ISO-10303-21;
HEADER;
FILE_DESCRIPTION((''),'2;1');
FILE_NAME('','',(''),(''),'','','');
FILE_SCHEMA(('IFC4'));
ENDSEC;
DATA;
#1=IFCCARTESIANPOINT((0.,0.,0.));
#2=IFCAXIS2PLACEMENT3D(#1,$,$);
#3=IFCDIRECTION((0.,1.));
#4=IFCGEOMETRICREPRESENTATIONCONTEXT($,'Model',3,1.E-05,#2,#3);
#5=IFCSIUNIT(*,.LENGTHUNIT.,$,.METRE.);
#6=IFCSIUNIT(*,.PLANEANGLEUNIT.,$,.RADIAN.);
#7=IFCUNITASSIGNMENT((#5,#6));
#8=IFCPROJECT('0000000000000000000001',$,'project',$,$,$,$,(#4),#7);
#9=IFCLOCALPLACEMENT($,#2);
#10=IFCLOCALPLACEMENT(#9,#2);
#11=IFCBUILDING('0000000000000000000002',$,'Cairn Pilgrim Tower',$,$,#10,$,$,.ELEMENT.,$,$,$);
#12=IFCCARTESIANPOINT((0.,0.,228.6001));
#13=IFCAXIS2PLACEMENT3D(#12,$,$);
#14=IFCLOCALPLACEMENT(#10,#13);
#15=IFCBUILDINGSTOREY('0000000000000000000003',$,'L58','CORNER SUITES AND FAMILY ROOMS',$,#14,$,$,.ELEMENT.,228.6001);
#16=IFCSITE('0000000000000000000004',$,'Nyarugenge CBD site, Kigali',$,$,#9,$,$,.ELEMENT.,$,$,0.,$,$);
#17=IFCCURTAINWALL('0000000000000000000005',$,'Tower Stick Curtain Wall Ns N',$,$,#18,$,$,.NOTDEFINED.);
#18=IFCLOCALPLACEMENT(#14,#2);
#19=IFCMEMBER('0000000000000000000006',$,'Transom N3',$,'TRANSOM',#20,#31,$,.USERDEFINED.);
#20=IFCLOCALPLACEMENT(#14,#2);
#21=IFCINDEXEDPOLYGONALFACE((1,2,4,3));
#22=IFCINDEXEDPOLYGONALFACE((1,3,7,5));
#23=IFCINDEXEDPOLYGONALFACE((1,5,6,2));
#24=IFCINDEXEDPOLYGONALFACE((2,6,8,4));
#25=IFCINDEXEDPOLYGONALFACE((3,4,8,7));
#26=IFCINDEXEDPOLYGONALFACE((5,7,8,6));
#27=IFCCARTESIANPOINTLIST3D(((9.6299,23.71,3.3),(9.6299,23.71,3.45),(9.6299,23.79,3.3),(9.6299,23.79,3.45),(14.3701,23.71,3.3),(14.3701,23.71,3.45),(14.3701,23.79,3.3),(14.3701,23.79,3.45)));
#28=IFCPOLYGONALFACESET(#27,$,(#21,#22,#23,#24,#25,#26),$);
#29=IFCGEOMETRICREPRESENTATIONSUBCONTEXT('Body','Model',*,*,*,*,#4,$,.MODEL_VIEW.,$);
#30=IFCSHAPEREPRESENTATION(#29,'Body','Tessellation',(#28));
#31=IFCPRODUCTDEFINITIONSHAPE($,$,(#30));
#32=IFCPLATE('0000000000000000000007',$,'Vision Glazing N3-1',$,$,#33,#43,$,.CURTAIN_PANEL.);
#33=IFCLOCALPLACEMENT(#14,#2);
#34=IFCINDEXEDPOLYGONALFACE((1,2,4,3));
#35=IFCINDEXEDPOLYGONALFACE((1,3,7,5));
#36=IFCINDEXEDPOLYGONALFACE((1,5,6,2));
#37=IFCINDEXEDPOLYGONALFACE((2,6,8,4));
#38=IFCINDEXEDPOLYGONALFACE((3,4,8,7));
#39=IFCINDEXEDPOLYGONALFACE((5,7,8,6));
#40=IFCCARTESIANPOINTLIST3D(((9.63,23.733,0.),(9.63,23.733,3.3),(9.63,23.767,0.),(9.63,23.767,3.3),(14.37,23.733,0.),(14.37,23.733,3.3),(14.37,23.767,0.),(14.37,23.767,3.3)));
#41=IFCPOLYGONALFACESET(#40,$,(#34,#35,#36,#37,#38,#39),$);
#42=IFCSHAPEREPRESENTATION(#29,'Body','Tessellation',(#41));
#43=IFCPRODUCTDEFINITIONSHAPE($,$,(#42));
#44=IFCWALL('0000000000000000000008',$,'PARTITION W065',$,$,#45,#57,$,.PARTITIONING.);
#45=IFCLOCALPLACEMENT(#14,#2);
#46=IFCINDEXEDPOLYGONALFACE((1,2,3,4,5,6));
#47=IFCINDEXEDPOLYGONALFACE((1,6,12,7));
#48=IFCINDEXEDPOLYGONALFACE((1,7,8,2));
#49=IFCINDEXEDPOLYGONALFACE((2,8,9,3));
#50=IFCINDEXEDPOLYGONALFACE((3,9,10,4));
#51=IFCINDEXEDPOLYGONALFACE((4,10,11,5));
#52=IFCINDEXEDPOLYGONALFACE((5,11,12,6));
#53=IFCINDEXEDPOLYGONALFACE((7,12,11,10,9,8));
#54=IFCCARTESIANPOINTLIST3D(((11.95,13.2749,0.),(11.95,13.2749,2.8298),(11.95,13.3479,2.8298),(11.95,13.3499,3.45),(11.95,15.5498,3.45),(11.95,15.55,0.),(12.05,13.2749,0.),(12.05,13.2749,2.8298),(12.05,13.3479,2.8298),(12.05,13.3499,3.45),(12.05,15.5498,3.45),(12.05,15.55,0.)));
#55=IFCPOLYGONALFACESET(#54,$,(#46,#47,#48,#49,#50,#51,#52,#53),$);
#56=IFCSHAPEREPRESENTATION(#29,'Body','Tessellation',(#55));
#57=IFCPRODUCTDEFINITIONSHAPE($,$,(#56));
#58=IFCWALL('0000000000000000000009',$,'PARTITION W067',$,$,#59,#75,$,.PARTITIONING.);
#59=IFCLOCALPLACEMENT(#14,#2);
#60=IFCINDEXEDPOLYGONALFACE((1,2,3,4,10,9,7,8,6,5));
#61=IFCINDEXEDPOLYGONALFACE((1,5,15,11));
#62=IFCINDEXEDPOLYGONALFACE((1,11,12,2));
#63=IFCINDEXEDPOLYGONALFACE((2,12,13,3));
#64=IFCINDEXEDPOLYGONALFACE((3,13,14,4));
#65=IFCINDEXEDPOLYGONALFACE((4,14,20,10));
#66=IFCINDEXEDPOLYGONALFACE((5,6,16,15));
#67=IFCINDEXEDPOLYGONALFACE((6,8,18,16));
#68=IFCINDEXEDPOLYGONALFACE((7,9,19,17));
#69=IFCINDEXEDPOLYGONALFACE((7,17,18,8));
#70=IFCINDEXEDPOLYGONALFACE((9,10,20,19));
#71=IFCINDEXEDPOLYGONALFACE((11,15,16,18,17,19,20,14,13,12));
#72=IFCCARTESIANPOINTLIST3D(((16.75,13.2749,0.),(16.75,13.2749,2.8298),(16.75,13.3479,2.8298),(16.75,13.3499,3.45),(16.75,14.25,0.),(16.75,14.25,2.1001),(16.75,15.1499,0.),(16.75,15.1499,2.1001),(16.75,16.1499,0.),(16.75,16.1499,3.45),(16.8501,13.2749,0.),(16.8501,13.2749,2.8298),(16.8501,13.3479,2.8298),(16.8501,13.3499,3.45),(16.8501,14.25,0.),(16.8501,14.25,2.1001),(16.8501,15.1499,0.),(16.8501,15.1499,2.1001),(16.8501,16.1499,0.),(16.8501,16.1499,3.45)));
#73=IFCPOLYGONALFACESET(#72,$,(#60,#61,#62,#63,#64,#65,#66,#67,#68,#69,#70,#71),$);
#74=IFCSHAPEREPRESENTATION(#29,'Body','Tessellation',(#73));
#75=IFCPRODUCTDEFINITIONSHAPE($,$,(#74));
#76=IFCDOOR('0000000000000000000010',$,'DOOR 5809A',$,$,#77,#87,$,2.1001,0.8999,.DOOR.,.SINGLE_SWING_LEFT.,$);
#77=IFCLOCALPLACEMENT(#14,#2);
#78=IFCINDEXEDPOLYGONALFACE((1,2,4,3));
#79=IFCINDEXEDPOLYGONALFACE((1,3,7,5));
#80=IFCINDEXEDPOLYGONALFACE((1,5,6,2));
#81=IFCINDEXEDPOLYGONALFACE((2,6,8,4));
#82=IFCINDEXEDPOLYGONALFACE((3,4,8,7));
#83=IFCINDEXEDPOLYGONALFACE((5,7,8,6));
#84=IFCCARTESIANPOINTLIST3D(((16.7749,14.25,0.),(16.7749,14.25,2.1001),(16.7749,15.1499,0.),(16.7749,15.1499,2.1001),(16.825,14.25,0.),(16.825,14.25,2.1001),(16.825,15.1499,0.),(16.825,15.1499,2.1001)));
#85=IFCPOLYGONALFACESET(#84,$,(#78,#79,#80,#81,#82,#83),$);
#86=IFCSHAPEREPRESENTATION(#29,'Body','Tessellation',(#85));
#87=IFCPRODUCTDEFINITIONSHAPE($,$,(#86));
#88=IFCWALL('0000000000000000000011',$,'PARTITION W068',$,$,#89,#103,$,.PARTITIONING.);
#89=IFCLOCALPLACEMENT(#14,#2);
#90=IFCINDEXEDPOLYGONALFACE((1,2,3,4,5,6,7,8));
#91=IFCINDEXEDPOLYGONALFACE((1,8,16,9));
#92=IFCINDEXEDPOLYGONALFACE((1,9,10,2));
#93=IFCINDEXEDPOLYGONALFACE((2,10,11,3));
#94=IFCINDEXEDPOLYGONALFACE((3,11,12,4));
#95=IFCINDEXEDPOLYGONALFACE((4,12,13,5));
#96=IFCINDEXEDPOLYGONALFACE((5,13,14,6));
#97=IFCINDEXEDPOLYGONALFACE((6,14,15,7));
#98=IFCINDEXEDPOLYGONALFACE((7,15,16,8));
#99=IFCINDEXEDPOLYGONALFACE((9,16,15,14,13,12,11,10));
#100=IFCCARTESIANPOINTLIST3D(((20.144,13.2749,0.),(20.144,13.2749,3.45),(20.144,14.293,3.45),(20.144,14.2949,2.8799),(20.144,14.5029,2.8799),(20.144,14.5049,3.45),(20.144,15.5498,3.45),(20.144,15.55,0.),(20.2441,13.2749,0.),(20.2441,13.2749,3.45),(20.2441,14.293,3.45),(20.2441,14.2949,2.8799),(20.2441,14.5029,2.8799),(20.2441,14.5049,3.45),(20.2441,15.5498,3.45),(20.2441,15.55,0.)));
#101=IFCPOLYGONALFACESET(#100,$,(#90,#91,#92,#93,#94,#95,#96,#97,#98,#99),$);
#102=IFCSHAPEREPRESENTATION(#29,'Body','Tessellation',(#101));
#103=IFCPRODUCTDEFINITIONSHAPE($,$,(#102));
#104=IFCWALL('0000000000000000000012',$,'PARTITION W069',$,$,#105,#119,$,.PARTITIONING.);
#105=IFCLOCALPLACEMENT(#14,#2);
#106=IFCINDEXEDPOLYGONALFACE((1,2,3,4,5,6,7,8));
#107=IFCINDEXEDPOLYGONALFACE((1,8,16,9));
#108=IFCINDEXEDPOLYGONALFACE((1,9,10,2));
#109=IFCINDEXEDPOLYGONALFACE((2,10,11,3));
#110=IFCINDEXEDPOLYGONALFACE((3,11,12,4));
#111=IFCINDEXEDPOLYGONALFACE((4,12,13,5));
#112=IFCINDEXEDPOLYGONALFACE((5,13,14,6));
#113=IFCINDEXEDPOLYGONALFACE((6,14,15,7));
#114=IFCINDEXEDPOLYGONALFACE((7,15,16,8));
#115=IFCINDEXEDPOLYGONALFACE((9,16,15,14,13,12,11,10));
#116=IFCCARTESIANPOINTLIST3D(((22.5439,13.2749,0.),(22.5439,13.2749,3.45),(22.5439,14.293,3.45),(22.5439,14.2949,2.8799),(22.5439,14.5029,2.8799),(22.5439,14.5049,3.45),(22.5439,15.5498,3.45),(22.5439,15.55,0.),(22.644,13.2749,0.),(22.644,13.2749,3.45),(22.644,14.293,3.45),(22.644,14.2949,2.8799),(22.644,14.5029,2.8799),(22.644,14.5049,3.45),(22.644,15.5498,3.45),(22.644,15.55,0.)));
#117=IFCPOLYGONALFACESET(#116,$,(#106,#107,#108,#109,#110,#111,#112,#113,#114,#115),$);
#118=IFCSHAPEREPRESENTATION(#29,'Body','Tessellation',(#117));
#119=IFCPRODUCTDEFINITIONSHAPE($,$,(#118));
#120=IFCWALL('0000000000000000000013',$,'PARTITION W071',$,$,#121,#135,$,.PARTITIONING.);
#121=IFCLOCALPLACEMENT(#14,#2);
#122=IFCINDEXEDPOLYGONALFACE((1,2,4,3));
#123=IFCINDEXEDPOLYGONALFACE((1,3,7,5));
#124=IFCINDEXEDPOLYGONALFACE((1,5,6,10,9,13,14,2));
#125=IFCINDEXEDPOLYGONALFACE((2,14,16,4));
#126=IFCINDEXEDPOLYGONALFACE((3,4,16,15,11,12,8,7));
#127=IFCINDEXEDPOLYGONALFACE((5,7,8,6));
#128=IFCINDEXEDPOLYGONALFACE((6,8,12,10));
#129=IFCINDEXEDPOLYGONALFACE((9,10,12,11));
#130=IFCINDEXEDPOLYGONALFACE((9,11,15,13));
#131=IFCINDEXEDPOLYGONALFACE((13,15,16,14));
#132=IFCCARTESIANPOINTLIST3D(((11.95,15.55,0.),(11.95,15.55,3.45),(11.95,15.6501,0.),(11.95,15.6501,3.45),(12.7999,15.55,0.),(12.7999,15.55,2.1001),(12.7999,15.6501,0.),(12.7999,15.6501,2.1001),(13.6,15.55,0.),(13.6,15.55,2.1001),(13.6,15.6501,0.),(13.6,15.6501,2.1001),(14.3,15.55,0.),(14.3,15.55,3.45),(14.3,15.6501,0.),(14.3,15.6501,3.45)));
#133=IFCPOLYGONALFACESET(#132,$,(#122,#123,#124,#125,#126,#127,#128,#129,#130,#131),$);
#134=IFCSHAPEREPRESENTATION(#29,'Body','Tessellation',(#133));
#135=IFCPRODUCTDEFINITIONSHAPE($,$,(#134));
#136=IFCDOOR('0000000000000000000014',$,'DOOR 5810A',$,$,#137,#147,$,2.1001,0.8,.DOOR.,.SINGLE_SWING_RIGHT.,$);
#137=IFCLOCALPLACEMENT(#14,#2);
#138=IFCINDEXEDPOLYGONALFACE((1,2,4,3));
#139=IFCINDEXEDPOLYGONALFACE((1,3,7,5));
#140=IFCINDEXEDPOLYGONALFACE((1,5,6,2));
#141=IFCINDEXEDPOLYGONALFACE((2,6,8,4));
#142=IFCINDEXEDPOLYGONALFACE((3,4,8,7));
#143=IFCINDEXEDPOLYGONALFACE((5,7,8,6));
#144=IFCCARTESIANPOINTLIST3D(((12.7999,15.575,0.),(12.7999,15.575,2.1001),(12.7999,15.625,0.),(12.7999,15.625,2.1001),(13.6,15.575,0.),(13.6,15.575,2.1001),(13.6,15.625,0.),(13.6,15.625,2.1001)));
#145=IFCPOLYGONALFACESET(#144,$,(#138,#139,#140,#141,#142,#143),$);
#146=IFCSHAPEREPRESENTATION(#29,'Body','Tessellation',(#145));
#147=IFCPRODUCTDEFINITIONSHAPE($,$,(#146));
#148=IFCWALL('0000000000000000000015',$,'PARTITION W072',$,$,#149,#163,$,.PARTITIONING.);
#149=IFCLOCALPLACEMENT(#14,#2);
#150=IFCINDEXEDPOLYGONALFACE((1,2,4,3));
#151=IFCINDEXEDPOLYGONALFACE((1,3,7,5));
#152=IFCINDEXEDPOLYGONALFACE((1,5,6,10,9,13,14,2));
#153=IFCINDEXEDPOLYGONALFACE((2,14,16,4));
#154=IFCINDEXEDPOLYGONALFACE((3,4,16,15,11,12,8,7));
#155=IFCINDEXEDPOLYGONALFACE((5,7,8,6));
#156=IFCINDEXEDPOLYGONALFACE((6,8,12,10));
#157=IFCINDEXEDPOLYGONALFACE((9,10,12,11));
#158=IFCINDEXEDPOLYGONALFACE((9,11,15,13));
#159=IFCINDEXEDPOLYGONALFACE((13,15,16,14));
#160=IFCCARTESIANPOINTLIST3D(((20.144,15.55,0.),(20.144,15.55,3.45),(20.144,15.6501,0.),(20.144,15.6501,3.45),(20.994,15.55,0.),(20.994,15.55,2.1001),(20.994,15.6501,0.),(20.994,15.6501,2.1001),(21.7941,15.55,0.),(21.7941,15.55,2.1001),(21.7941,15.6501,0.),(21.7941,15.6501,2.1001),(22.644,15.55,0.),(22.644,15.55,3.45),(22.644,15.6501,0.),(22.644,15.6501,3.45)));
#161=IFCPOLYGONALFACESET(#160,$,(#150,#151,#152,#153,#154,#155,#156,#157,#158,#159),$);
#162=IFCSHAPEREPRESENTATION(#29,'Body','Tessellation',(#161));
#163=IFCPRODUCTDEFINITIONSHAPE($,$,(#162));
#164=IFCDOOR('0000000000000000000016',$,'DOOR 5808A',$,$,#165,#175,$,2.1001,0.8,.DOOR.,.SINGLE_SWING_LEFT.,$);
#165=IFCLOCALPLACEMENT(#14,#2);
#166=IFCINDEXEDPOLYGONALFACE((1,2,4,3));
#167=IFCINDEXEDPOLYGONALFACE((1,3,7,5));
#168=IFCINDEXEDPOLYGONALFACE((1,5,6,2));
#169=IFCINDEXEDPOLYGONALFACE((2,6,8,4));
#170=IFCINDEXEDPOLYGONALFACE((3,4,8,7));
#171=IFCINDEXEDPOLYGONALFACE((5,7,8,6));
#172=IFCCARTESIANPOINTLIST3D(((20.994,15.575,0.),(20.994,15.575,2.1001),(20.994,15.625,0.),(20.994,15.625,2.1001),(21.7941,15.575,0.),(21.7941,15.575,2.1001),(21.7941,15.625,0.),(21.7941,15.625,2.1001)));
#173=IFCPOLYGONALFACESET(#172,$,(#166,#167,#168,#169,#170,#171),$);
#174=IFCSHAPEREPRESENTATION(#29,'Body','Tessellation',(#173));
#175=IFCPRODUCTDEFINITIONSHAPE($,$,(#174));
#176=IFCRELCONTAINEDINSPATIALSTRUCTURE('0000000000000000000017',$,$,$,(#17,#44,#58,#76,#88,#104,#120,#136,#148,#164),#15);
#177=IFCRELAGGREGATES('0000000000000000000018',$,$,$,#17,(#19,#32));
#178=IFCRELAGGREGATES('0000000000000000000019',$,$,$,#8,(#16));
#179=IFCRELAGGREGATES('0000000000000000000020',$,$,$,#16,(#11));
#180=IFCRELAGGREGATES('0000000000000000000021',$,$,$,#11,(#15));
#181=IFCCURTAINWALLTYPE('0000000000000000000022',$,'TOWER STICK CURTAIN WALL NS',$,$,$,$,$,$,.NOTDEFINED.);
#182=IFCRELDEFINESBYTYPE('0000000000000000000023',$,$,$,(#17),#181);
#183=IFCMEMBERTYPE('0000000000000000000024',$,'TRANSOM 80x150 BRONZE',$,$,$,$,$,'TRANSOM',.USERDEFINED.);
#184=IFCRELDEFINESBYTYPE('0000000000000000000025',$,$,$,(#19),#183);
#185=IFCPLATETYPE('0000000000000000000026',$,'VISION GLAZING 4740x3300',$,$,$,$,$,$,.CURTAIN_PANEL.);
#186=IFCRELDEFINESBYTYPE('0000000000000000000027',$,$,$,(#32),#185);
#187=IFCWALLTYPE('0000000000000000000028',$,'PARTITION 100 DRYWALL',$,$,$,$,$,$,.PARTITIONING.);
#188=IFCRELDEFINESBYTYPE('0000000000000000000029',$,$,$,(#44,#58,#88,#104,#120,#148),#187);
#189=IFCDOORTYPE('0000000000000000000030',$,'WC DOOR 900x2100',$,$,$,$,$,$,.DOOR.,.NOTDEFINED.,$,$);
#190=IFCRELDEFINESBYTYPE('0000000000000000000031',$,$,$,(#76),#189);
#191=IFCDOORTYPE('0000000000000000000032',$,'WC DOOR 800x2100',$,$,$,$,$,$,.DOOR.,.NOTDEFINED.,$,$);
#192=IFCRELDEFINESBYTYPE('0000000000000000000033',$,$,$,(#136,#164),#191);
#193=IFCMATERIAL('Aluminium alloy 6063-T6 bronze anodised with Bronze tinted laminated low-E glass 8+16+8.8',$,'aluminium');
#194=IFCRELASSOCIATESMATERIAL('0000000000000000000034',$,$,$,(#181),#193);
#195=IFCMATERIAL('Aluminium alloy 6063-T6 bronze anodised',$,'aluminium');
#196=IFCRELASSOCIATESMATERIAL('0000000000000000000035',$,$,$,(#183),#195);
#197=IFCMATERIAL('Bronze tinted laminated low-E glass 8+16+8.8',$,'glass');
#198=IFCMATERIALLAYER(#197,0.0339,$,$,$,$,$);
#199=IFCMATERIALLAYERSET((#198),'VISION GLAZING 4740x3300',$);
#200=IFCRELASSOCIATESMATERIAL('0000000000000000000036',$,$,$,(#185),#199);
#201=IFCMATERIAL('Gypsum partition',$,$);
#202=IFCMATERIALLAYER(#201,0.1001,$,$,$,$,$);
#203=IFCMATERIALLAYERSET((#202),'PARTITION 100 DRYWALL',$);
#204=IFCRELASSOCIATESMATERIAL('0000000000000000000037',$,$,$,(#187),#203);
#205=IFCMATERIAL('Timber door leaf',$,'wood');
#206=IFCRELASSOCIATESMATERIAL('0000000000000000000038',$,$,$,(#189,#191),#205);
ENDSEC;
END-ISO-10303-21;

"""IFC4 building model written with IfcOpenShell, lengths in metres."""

from ifc_helpers import new_model, si_unit, direction, frame, frame_2d, origin, origin_2d, place, context, subcontext, project, spatial, polyline, rectangle, outline, extrude, material, layer, layer_set, material_profile, profile_set, type_object, element, fill, aggregate, save


model = new_model("IFC4")

# Units and contexts
model_context = context("Model", 3, precision=1e-05, world=origin(), true_north=direction((0.0, 1.0)))
body_context = subcontext(model_context, "Body", "Model", "MODEL_VIEW")
ifc_project = project(units=[si_unit("LENGTHUNIT", "METRE"), si_unit("PLANEANGLEUNIT", "RADIAN")], contexts=[model_context])

# Site, building, storey
site_placement = place(None, origin())
site = spatial("IfcSite", under=ifc_project, at=site_placement, Name="Nyarugenge CBD site, Kigali", CompositionType="ELEMENT", RefElevation=0.0)
building_placement = place(site_placement, origin())
building = spatial("IfcBuilding", under=site, at=building_placement, Name="Cairn Pilgrim Tower", CompositionType="ELEMENT")
storey_placement = place(building_placement, frame((0.0, 0.0, 228.6001)))
storey = spatial("IfcBuildingStorey", under=building, at=storey_placement, Name="L58", Description="CORNER SUITES AND FAMILY ROOMS", CompositionType="ELEMENT", Elevation=228.6001)

# Curtain wall
ifc_material_1 = material(Name="Aluminium alloy 6063-T6 bronze anodised with Bronze tinted laminated low-E glass 8+16+8.8", Category="aluminium")
curtain_wall_type = type_object("IfcCurtainWallType", Name="TOWER STICK CURTAIN WALL NS", PredefinedType="NOTDEFINED", material=ifc_material_1)
curtain_wall_placement = place(storey_placement, origin())
curtain_wall = element("IfcCurtainWall", 1, at=curtain_wall_placement, inside=storey, type_object=curtain_wall_type, Name="Tower Stick Curtain Wall Ns N", PredefinedType="NOTDEFINED")
ifc_material_2 = material(Name="Aluminium alloy 6063-T6 bronze anodised", Category="aluminium")

# Member
ifc_material_profile_1 = material_profile(ifc_material_2, rectangle(XDim=0.0801, YDim=0.1499, at=origin_2d()), Name="TRANSOM 80x150 BRONZE")
ifc_profile_set_1 = profile_set([ifc_material_profile_1], Name="Aluminium alloy 6063-T6 bronze anodised")
member_type_1 = type_object("IfcMemberType", Name="TRANSOM 80x150 BRONZE", ElementType="TRANSOM", PredefinedType="USERDEFINED", material=ifc_profile_set_1)
member_1_placement = place(storey_placement, frame((14.3701, 23.75, 3.375), z_axis=(-1.0, 0.0, 0.0), x_axis=(0.0, -1.0, 0.0)))
member_1 = element("IfcMember", 2, at=member_1_placement, type_object=member_type_1, Name="Transom N3", ObjectType="TRANSOM", PredefinedType="USERDEFINED", context=body_context, shape_type="SweptSolid", body=[
    extrude(rectangle(XDim=0.0801, YDim=0.1499, at=origin_2d()), origin(), (0.0, 0.0, 1.0), 4.7402),
])

# Plate
ifc_material_3 = material(Name="Bronze tinted laminated low-E glass 8+16+8.8", Category="glass")
ifc_layer_1 = layer(ifc_material_3, 0.0339)
ifc_layer_set_1 = layer_set([ifc_layer_1], Name="VISION GLAZING 4740x3300")
plate_type = type_object("IfcPlateType", Name="VISION GLAZING 4740x3300", PredefinedType="CURTAIN_PANEL", material=ifc_layer_set_1)
plate_placement = place(storey_placement, frame((12.0, 23.75, 0.0), z_axis=(0.0, 0.0, 1.0), x_axis=(-1.0, 0.0, 0.0)))
plate = element("IfcPlate", 3, at=plate_placement, type_object=plate_type, Name="Vision Glazing N3-1", PredefinedType="CURTAIN_PANEL", context=body_context, shape_type="SweptSolid", body=[
    extrude(rectangle(XDim=4.74, YDim=0.0339, at=origin_2d()), origin(), (0.0, 0.0, 1.0), 3.3),
])
aggregate(curtain_wall, [member_1, plate])

# Wall
ifc_material_4 = material(Name="Gypsum partition")
ifc_layer_2 = layer(ifc_material_4, 0.1001)
ifc_layer_set_2 = layer_set([ifc_layer_2], Name="PARTITION 100 DRYWALL")
wall_type_1 = type_object("IfcWallType", Name="PARTITION 100 DRYWALL", PredefinedType="PARTITIONING", material=ifc_layer_set_2)
wall_1_placement = place(storey_placement, frame((12.0, 13.2749, 0.0), z_axis=(0.0, 0.0, 1.0), x_axis=(0.0, 1.0, 0.0)))
element("IfcWall", 4, at=wall_1_placement, inside=storey, type_object=wall_type_1, Name="PARTITION W065", PredefinedType="PARTITIONING", context=body_context, shape_type="SweptSolid", body=[
    extrude(outline(polyline([(0.0, 0.0), (2.2751, 0.0), (2.2749, 3.45), (0.075, 3.45), (0.073, 2.8298), (0.0, 2.8298), (0.0, 0.0)])), frame((0.0, 0.05, 0.0), z_axis=(0.0, -1.0, 0.0), x_axis=(1.0, 0.0, 0.0)), (0.0, 0.0, 1.0), 0.1001),
])

# Wall, opening, door
wall_2_placement = place(storey_placement, frame((16.8, 13.2749, 0.0), z_axis=(0.0, 0.0, 1.0), x_axis=(0.0, 1.0, 0.0)))
wall_2 = element("IfcWall", 5, at=wall_2_placement, inside=storey, type_object=wall_type_1, Name="PARTITION W067", PredefinedType="PARTITIONING", context=body_context, shape_type="SweptSolid", body=[
    extrude(outline(polyline([(0.0, 0.0), (2.875, 0.0), (2.875, 3.45), (0.075, 3.45), (0.073, 2.8298), (0.0, 2.8298), (0.0, 0.0)])), frame((0.0, 0.05, 0.0), z_axis=(0.0, -1.0, 0.0), x_axis=(1.0, 0.0, 0.0)), (0.0, 0.0, 1.0), 0.1001),
])
opening_1_placement = place(wall_2_placement, frame((0.9751, 0.0, 0.0)))
opening_1 = element("IfcOpeningElement", 6, at=opening_1_placement, cuts=wall_2, PredefinedType="OPENING", context=body_context, shape_type="SweptSolid", body=[
    extrude(rectangle(XDim=0.8999, YDim=2.1001, at=frame_2d((0.45, 1.05))), frame((0.0, 0.0601, 0.0), z_axis=(0.0, -1.0, 0.0), x_axis=(1.0, 0.0, 0.0)), (0.0, 0.0, 1.0), 0.1201),
])
ifc_material_5 = material(Name="Timber door leaf", Category="wood")
door_type_1 = type_object("IfcDoorType", Name="WC DOOR 900x2100", OperationType="NOTDEFINED", PredefinedType="DOOR", material=ifc_material_5)
door_1_placement = place(opening_1_placement, frame((0.8999, 0.0, 0.0), z_axis=(0.0, 0.0, 1.0), x_axis=(-1.0, 0.0, 0.0)))
door_1 = element("IfcDoor", 7, at=door_1_placement, inside=storey, type_object=door_type_1, Name="DOOR 5809A", OperationType="SINGLE_SWING_LEFT", OverallHeight=2.1001, OverallWidth=0.8999, PredefinedType="DOOR", context=body_context, shape_type="SweptSolid", body=[
    extrude(rectangle(XDim=0.8999, YDim=2.1001, at=frame_2d((0.45, 1.05))), frame((0.0, 0.0249, 0.0), z_axis=(0.0, -1.0, 0.0), x_axis=(1.0, 0.0, 0.0)), (0.0, 0.0, 1.0), 0.05),
])
fill(opening_1, door_1)

# Walls
for number, where, z_axis, x_axis, name in (
    (8, (20.1941, 13.2749, 0.0), (0.0, 0.0, 1.0), (0.0, 1.0, 0.0), "PARTITION W068"),
    (9, (22.594, 13.2749, 0.0), (0.0, 0.0, 1.0), (0.0, 1.0, 0.0), "PARTITION W069"),
):
    element("IfcWall", number, at=place(storey_placement, frame(where, z_axis=z_axis, x_axis=x_axis)), inside=storey, type_object=wall_type_1, Name=name, PredefinedType="PARTITIONING", context=body_context, shape_type="SweptSolid", body=[
        extrude(outline(polyline([(0.0, 0.0), (2.2751, 0.0), (2.2749, 3.45), (1.23, 3.45), (1.228, 2.8799), (1.02, 2.8799), (1.0181, 3.45), (0.0, 3.45), (0.0, 0.0)])), frame((0.0, 0.05, 0.0), z_axis=(0.0, -1.0, 0.0), x_axis=(1.0, 0.0, 0.0)), (0.0, 0.0, 1.0), 0.1001),
    ])

# Walls, openings, doors
wall_3_placement = place(storey_placement, frame((11.95, 15.6001, 0.0), z_axis=(0.0, 0.0, 1.0), x_axis=(1.0, 0.0, 0.0)))
wall_3 = element("IfcWall", 10, at=wall_3_placement, inside=storey, type_object=wall_type_1, Name="PARTITION W071", PredefinedType="PARTITIONING", context=body_context, shape_type="SweptSolid", body=[
    extrude(rectangle(XDim=2.3501, YDim=0.1001, at=frame_2d((1.175, 0.0))), origin(), (0.0, 0.0, 1.0), 3.45),
])
opening_2_placement = place(wall_3_placement, frame((0.8501, 0.0, 0.0)))
opening_2 = element("IfcOpeningElement", 11, at=opening_2_placement, cuts=wall_3, PredefinedType="OPENING", context=body_context, shape_type="SweptSolid", body=[
    extrude(rectangle(XDim=0.8, YDim=2.1001, at=frame_2d((0.3999, 1.05))), frame((0.0, 0.0601, 0.0), z_axis=(0.0, -1.0, 0.0), x_axis=(1.0, 0.0, 0.0)), (0.0, 0.0, 1.0), 0.1201),
])
door_type_2 = type_object("IfcDoorType", Name="WC DOOR 800x2100", OperationType="NOTDEFINED", PredefinedType="DOOR", material=ifc_material_5)
door_2_placement = place(opening_2_placement, origin())
door_2 = element("IfcDoor", 12, at=door_2_placement, inside=storey, type_object=door_type_2, Name="DOOR 5810A", OperationType="SINGLE_SWING_RIGHT", OverallHeight=2.1001, OverallWidth=0.8, PredefinedType="DOOR", context=body_context, shape_type="SweptSolid", body=[
    extrude(rectangle(XDim=0.8, YDim=2.1001, at=frame_2d((0.3999, 1.05))), frame((0.0, 0.0249, 0.0), z_axis=(0.0, -1.0, 0.0), x_axis=(1.0, 0.0, 0.0)), (0.0, 0.0, 1.0), 0.05),
])
fill(opening_2, door_2)
wall_4_placement = place(storey_placement, frame((20.144, 15.6001, 0.0), z_axis=(0.0, 0.0, 1.0), x_axis=(1.0, 0.0, 0.0)))
wall_4 = element("IfcWall", 13, at=wall_4_placement, inside=storey, type_object=wall_type_1, Name="PARTITION W072", PredefinedType="PARTITIONING", context=body_context, shape_type="SweptSolid", body=[
    extrude(rectangle(XDim=2.5, YDim=0.1001, at=frame_2d((1.25, 0.0))), origin(), (0.0, 0.0, 1.0), 3.45),
])
opening_3_placement = place(wall_4_placement, frame((0.8501, 0.0, 0.0)))
opening_3 = element("IfcOpeningElement", 14, at=opening_3_placement, cuts=wall_4, PredefinedType="OPENING", context=body_context, shape_type="SweptSolid", body=[
    extrude(rectangle(XDim=0.8, YDim=2.1001, at=frame_2d((0.3999, 1.05))), frame((0.0, 0.0601, 0.0), z_axis=(0.0, -1.0, 0.0), x_axis=(1.0, 0.0, 0.0)), (0.0, 0.0, 1.0), 0.1201),
])
door_3_placement = place(opening_3_placement, origin())
door_3 = element("IfcDoor", 15, at=door_3_placement, inside=storey, type_object=door_type_2, Name="DOOR 5808A", OperationType="SINGLE_SWING_LEFT", OverallHeight=2.1001, OverallWidth=0.8, PredefinedType="DOOR", context=body_context, shape_type="SweptSolid", body=[
    extrude(rectangle(XDim=0.8, YDim=2.1001, at=frame_2d((0.3999, 1.05))), frame((0.0, 0.0249, 0.0), z_axis=(0.0, -1.0, 0.0), x_axis=(1.0, 0.0, 0.0)), (0.0, 0.0, 1.0), 0.05),
])
fill(opening_3, door_3)

save(model, "model.ifc")
